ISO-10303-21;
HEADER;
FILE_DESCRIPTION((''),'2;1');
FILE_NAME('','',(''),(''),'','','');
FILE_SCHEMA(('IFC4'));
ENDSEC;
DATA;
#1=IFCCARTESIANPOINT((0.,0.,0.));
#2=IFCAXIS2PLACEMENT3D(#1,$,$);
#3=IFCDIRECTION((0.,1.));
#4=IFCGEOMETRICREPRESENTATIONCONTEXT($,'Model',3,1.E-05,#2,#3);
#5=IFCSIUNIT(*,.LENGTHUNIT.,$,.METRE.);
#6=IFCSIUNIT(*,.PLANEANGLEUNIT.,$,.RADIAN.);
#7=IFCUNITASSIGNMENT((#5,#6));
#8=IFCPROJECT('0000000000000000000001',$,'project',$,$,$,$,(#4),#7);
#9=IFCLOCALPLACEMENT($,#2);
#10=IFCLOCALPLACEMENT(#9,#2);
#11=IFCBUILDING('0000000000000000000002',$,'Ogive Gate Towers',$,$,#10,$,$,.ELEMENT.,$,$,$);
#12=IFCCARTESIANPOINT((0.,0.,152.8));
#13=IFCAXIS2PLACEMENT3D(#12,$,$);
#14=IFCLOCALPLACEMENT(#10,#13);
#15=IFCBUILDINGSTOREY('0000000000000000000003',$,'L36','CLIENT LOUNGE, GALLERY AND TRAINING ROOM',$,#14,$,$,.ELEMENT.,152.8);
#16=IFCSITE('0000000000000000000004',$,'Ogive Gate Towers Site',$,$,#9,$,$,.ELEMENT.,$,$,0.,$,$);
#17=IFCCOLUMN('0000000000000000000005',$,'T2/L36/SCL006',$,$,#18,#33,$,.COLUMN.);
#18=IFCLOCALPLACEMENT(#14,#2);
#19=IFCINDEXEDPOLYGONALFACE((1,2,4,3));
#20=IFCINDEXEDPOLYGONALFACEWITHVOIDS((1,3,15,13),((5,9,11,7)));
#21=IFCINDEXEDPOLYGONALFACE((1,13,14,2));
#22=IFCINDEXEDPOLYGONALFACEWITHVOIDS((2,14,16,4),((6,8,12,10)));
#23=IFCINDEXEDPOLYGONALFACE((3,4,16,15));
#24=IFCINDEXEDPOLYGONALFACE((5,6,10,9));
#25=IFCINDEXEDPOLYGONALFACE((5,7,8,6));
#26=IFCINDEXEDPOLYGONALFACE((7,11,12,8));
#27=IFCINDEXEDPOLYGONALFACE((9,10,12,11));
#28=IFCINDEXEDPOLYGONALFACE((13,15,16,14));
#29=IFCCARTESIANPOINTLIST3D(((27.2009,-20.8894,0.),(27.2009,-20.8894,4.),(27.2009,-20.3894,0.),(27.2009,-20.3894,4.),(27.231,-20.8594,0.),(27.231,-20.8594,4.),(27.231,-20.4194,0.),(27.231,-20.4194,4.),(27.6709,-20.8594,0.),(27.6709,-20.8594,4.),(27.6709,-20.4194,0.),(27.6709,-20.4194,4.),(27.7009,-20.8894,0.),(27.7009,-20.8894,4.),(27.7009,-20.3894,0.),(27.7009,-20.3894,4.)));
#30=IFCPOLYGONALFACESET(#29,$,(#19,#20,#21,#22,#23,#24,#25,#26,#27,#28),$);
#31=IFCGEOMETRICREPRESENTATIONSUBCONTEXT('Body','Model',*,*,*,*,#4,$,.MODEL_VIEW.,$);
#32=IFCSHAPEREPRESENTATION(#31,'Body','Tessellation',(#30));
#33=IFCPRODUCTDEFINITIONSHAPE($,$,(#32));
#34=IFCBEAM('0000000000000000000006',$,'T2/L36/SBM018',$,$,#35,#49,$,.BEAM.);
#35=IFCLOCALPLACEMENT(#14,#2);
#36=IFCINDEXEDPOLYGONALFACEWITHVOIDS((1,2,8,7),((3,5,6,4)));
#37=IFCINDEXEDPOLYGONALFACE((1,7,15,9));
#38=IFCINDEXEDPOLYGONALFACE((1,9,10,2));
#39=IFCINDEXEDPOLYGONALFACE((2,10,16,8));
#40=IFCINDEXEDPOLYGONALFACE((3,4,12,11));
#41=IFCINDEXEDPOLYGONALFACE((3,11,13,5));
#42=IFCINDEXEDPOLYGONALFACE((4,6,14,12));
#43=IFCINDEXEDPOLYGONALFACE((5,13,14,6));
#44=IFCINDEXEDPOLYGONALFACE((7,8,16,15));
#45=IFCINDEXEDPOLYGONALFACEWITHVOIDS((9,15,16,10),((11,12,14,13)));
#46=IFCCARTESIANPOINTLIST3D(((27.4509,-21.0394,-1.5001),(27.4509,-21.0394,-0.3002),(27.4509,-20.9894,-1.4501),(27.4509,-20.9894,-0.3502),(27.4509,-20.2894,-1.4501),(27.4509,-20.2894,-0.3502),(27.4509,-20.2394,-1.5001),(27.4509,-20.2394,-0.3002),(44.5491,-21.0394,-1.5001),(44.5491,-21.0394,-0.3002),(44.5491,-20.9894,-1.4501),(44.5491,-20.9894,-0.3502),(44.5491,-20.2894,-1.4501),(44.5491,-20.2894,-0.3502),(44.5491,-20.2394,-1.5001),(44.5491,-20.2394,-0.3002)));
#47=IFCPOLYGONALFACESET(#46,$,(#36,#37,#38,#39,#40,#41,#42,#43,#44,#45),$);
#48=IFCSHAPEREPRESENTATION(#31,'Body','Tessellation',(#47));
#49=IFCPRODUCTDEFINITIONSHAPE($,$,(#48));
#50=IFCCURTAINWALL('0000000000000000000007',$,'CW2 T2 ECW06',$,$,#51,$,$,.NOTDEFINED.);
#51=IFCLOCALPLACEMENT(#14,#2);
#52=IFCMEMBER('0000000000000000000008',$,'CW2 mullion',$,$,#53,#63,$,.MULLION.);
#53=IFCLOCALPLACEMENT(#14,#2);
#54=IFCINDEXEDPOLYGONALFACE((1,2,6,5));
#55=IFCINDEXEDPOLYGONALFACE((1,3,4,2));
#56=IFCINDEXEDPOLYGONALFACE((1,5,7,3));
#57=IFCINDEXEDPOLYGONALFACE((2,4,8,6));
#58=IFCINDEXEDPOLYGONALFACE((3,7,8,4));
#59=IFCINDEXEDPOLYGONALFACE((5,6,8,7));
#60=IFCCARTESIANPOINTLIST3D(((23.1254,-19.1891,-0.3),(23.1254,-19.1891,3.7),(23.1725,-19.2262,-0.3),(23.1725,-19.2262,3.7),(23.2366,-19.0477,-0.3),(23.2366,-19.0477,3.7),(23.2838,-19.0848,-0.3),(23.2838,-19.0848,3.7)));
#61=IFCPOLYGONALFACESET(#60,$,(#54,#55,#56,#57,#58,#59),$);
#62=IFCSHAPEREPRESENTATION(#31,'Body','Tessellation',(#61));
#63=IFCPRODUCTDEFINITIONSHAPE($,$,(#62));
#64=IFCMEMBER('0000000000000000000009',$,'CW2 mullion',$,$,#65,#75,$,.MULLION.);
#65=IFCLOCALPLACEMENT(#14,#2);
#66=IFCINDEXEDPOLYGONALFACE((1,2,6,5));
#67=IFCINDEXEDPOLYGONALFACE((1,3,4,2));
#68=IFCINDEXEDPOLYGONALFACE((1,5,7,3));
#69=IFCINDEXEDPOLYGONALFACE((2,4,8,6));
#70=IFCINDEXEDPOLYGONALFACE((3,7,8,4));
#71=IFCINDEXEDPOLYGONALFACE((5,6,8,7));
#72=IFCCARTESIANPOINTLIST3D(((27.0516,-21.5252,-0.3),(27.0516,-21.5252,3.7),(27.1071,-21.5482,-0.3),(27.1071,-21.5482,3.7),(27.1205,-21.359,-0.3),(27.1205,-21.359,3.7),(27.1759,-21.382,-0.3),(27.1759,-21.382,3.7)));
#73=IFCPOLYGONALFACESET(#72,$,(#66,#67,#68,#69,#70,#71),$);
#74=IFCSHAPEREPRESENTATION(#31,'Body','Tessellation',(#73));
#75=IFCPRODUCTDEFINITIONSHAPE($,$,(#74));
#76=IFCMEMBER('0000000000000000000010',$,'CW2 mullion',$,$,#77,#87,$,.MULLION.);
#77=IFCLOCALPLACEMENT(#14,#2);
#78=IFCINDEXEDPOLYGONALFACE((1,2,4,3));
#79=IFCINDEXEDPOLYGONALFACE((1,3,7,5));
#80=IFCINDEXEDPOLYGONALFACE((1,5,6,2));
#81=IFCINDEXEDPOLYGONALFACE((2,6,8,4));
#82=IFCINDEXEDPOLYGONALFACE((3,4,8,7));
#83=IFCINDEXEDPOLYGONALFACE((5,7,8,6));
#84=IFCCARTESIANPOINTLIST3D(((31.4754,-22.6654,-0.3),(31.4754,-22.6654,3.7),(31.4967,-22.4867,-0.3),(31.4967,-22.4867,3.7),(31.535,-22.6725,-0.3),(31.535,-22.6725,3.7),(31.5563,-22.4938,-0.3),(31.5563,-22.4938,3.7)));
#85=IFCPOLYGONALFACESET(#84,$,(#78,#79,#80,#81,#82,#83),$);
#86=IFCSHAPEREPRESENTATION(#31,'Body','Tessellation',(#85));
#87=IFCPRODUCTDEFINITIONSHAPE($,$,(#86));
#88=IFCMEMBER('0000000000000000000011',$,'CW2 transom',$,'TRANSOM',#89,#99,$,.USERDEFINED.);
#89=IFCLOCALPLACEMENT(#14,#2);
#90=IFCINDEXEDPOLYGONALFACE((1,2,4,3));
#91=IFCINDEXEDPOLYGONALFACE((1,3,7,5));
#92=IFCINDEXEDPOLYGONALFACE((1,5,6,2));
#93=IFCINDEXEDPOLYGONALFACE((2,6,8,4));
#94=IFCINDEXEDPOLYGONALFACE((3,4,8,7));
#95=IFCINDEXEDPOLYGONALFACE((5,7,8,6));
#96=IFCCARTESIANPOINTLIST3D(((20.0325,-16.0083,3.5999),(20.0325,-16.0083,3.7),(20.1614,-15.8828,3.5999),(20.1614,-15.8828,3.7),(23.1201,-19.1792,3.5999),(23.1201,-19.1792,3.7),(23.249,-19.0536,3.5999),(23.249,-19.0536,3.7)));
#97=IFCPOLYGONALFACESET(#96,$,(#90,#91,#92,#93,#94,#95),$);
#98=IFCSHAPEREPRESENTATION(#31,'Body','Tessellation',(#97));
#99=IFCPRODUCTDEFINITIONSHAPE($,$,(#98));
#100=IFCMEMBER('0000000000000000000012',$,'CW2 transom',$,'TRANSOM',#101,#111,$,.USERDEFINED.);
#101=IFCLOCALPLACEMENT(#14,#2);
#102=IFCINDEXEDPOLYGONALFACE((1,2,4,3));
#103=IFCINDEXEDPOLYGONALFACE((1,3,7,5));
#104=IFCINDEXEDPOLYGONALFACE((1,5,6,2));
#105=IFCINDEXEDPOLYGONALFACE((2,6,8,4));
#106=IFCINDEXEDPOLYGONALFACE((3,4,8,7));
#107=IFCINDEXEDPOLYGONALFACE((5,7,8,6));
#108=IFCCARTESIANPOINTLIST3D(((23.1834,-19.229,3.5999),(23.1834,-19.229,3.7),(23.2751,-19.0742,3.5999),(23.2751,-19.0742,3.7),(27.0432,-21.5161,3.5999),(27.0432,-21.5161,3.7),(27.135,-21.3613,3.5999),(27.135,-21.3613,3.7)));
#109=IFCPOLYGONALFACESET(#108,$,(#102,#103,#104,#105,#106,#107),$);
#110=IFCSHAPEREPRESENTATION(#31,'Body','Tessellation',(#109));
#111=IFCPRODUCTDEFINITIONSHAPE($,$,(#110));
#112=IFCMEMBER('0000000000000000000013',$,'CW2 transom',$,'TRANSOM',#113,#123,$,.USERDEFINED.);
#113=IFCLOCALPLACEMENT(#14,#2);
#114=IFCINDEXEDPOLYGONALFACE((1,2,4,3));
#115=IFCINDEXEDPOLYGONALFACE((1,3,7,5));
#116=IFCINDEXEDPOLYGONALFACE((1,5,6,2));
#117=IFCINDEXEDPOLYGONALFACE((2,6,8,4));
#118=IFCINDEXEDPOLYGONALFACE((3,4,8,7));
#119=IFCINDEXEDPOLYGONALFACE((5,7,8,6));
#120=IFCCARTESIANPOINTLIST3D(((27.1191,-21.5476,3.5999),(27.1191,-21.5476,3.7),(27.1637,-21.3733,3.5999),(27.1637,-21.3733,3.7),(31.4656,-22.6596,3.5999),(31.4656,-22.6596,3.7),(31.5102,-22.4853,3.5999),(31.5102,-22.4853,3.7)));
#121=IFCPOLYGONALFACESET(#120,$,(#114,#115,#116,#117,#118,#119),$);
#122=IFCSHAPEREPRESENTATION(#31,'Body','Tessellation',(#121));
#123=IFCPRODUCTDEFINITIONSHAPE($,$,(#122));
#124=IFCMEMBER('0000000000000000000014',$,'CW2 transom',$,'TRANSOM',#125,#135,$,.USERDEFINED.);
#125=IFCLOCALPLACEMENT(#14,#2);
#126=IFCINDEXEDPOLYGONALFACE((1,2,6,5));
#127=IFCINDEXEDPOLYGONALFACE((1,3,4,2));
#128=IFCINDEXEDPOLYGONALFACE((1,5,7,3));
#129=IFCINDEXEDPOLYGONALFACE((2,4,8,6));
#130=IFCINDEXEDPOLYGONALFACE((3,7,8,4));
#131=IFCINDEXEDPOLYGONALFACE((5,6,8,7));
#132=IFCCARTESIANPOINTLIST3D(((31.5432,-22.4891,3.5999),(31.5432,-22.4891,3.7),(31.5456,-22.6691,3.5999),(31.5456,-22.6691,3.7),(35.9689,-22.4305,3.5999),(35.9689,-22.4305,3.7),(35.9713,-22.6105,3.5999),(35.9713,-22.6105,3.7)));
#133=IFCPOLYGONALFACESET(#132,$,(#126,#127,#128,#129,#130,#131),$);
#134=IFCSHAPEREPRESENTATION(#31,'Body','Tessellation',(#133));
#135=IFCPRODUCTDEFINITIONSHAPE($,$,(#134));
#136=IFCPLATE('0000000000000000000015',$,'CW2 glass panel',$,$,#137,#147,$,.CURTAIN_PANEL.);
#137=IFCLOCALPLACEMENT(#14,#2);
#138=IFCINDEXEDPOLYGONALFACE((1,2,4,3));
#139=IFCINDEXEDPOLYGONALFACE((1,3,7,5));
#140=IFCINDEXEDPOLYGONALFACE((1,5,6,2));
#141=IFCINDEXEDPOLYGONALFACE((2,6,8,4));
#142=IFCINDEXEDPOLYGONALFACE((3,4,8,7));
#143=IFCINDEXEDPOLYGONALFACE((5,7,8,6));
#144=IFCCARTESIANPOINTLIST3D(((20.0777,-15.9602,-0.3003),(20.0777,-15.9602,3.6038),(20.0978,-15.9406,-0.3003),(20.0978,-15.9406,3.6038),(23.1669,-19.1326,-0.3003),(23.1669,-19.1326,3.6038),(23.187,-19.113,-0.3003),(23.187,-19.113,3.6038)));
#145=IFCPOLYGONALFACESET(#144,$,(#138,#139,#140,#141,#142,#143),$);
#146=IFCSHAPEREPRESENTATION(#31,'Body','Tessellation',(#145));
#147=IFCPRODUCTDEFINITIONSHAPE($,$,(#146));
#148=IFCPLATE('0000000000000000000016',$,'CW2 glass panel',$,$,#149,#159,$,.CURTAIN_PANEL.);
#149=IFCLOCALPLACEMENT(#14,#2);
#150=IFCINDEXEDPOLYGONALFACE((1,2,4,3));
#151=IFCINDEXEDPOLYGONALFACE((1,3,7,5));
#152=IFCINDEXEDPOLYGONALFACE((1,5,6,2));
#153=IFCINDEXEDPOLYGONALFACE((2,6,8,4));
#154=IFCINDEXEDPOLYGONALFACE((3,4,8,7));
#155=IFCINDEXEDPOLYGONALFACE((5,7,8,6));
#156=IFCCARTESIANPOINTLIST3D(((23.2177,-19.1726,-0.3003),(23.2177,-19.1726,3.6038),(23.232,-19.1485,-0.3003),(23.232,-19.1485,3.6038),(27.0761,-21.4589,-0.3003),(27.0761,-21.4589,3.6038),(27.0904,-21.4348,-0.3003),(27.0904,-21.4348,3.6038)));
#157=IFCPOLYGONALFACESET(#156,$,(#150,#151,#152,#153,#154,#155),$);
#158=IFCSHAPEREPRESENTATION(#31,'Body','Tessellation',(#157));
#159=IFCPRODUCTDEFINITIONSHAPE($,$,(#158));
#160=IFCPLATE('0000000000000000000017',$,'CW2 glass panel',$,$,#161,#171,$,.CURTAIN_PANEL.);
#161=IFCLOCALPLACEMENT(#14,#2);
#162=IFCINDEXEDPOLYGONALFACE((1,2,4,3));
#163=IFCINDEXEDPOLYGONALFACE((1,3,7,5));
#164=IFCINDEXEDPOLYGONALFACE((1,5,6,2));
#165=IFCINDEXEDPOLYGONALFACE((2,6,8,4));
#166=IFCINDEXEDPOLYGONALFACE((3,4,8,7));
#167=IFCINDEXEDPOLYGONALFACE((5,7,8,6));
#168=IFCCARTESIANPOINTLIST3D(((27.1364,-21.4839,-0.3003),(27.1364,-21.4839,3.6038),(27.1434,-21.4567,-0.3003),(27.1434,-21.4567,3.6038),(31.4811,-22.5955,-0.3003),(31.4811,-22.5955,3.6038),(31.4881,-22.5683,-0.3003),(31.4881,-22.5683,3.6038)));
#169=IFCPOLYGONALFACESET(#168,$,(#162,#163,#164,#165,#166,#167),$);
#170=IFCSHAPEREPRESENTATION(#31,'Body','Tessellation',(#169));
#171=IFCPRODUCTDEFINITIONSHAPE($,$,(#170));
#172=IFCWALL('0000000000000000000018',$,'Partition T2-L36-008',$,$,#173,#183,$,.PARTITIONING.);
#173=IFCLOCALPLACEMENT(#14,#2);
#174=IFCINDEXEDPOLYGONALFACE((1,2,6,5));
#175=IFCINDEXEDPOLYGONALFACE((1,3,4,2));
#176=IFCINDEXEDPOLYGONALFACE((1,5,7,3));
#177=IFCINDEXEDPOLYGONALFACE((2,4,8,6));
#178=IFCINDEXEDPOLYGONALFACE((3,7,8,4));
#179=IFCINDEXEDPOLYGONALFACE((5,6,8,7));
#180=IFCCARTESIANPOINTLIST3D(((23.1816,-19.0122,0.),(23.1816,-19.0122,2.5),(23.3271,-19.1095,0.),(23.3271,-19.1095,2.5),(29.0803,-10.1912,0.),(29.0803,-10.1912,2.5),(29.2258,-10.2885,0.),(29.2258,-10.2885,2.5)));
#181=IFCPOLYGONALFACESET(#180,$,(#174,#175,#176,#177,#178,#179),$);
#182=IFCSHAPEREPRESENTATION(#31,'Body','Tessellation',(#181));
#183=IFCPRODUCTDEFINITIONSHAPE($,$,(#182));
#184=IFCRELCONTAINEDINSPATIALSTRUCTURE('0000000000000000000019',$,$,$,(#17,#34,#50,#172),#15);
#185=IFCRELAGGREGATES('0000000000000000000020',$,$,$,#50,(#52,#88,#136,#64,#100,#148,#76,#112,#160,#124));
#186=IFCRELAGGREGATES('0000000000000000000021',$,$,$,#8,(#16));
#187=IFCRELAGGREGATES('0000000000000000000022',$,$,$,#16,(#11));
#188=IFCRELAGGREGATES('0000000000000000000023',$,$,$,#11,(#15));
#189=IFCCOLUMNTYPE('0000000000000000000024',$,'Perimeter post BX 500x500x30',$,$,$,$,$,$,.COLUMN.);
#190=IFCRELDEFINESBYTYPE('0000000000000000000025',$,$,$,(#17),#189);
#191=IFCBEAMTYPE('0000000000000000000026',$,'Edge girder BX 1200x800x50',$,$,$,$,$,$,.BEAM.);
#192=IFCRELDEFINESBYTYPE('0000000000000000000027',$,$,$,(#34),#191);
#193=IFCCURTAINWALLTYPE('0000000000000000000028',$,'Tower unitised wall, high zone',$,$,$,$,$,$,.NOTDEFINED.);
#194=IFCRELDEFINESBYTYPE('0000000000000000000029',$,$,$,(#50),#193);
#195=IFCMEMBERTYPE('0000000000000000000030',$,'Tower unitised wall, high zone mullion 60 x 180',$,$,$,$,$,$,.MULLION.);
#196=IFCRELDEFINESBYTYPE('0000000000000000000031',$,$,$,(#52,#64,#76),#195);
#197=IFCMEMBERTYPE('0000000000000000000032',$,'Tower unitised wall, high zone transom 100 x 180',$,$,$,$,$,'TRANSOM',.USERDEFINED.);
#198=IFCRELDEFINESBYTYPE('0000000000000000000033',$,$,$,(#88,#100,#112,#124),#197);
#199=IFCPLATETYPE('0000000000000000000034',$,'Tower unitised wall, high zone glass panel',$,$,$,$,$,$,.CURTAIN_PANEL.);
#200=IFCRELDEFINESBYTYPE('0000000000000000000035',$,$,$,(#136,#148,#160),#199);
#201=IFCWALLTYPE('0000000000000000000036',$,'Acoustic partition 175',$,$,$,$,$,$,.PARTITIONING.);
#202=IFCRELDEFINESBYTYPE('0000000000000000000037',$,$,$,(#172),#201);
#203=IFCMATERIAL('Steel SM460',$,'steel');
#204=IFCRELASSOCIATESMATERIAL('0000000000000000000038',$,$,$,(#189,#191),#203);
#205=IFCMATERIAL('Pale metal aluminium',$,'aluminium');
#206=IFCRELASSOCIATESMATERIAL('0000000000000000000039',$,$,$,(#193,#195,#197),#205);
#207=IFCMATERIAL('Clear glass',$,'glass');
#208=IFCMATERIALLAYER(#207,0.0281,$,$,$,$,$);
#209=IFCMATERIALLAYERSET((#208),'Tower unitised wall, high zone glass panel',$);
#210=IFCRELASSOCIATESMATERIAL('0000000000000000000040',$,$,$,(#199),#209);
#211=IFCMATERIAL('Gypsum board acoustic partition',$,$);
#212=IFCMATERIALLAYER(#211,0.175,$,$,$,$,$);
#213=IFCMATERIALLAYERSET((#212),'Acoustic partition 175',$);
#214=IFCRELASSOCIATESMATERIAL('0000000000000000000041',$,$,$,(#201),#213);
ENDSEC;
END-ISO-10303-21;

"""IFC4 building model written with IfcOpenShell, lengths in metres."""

from ifc_helpers import new_model, si_unit, direction, frame, frame_2d, origin, origin_2d, place, context, subcontext, project, spatial, rectangle, hollow_rectangle, extrude, material, layer, layer_set, material_profile, profile_set, type_object, element, aggregate, save


model = new_model("IFC4")

# Units and contexts
model_context = context("Model", 3, precision=1e-05, world=origin(), true_north=direction((0.0, 1.0)))
body_context = subcontext(model_context, "Body", "Model", "MODEL_VIEW")
ifc_project = project(units=[si_unit("LENGTHUNIT", "METRE"), si_unit("PLANEANGLEUNIT", "RADIAN")], contexts=[model_context])

# Site, building, storey
site_placement = place(None, origin())
site = spatial("IfcSite", under=ifc_project, at=site_placement, Name="Ogive Gate Towers Site", CompositionType="ELEMENT", RefElevation=0.0)
building_placement = place(site_placement, origin())
building = spatial("IfcBuilding", under=site, at=building_placement, Name="Ogive Gate Towers", CompositionType="ELEMENT")
storey_placement = place(building_placement, frame((0.0, 0.0, 152.8)))
storey = spatial("IfcBuildingStorey", under=building, at=storey_placement, Name="L36", Description="CLIENT LOUNGE, GALLERY AND TRAINING ROOM", CompositionType="ELEMENT", Elevation=152.8)

# Column
ifc_material_1 = material(Name="Steel SM460", Category="steel")
ifc_material_profile_1 = material_profile(ifc_material_1, hollow_rectangle(XDim=0.5, YDim=0.5, WallThickness=0.03, at=origin_2d()), Name="BX 500x500x30")
ifc_profile_set_1 = profile_set([ifc_material_profile_1], Name="Steel SM460")
column_type = type_object("IfcColumnType", Name="Perimeter post BX 500x500x30", PredefinedType="COLUMN", material=ifc_profile_set_1)
column_placement = place(storey_placement, frame((27.4509, -20.6394, 0.0), z_axis=(0.0, 0.0, 1.0), x_axis=(1.0, 0.0, 0.0)))
element("IfcColumn", 1, at=column_placement, inside=storey, type_object=column_type, Name="T2/L36/SCL006", PredefinedType="COLUMN", context=body_context, shape_type="SweptSolid", body=[
    extrude(hollow_rectangle(XDim=0.5, YDim=0.5, WallThickness=0.03, at=origin_2d()), origin(), (0.0, 0.0, 1.0), 4.0),
])

# Beam
ifc_material_profile_2 = material_profile(ifc_material_1, hollow_rectangle(XDim=0.8, YDim=1.2, WallThickness=0.05, at=origin_2d()), Name="BX 1200x800x50")
ifc_profile_set_2 = profile_set([ifc_material_profile_2], Name="Steel SM460")
beam_type = type_object("IfcBeamType", Name="Edge girder BX 1200x800x50", PredefinedType="BEAM", material=ifc_profile_set_2)
beam_placement = place(storey_placement, frame((27.4509, -20.6394, -0.9001), z_axis=(1.0, 0.0, 0.0), x_axis=(0.0, 1.0, 0.0)))
element("IfcBeam", 2, at=beam_placement, inside=storey, type_object=beam_type, Name="T2/L36/SBM018", PredefinedType="BEAM", context=body_context, shape_type="SweptSolid", body=[
    extrude(hollow_rectangle(XDim=0.8, YDim=1.2, WallThickness=0.05, at=origin_2d()), origin(), (0.0, 0.0, 1.0), 17.0981),
])

# Curtain wall, members, plates
ifc_material_2 = material(Name="Pale metal aluminium", Category="aluminium")
curtain_wall_type = type_object("IfcCurtainWallType", Name="Tower unitised wall, high zone", PredefinedType="NOTDEFINED", material=ifc_material_2)
curtain_wall_placement = place(storey_placement, origin())
curtain_wall = element("IfcCurtainWall", 3, at=curtain_wall_placement, inside=storey, type_object=curtain_wall_type, Name="CW2 T2 ECW06", PredefinedType="NOTDEFINED")
ifc_material_profile_3 = material_profile(ifc_material_2, rectangle(XDim=0.1799, YDim=0.0601, at=origin_2d()), Name="60 x 180 aluminium box")
ifc_profile_set_3 = profile_set([ifc_material_profile_3], Name="Pale metal aluminium")
member_type_1 = type_object("IfcMemberType", Name="Tower unitised wall, high zone mullion 60 x 180", PredefinedType="MULLION", material=ifc_profile_set_3)
member_1_placement = place(storey_placement, frame((23.2046, -19.137, -0.3), z_axis=(0.0, 0.0, 1.0), x_axis=(-0.618477, -0.785803, 0.0)))
member_1 = element("IfcMember", 4, at=member_1_placement, type_object=member_type_1, Name="CW2 mullion", PredefinedType="MULLION", context=body_context, shape_type="SweptSolid", body=[
    extrude(rectangle(XDim=0.1799, YDim=0.0601, at=origin_2d()), origin(), (0.0, 0.0, 1.0), 4.0),
])
member_2_placement = place(storey_placement, frame((27.1138, -21.4536, -0.3), z_axis=(0.0, 0.0, 1.0), x_axis=(-0.382683, -0.92388, 0.0)))
member_2 = element("IfcMember", 5, at=member_2_placement, type_object=member_type_1, Name="CW2 mullion", PredefinedType="MULLION", context=body_context, shape_type="SweptSolid", body=[
    extrude(rectangle(XDim=0.1799, YDim=0.0601, at=origin_2d()), origin(), (0.0, 0.0, 1.0), 4.0),
])
member_3_placement = place(storey_placement, frame((31.5159, -22.5796, -0.3), z_axis=(0.0, 0.0, 1.0), x_axis=(-0.118317, -0.992976, 0.0)))
member_3 = element("IfcMember", 6, at=member_3_placement, type_object=member_type_1, Name="CW2 mullion", PredefinedType="MULLION", context=body_context, shape_type="SweptSolid", body=[
    extrude(rectangle(XDim=0.1799, YDim=0.0601, at=origin_2d()), origin(), (0.0, 0.0, 1.0), 4.0),
])
ifc_material_profile_4 = material_profile(ifc_material_2, rectangle(XDim=0.1799, YDim=0.1001, at=origin_2d()), Name="100 x 180 aluminium box")
ifc_profile_set_4 = profile_set([ifc_material_profile_4], Name="Pale metal aluminium")
member_type_2 = type_object("IfcMemberType", Name="Tower unitised wall, high zone transom 100 x 180", ElementType="TRANSOM", PredefinedType="USERDEFINED", material=ifc_profile_set_4)
member_4_placement = place(storey_placement, frame((20.0969, -15.9456, 3.6499), z_axis=(0.697639, -0.716449, 0.0), x_axis=(0.716449, 0.697639, 0.0)))
member_4 = element("IfcMember", 7, at=member_4_placement, type_object=member_type_2, Name="CW2 transom", ObjectType="TRANSOM", PredefinedType="USERDEFINED", context=body_context, shape_type="SweptSolid", body=[
    extrude(rectangle(XDim=0.1799, YDim=0.1001, at=origin_2d()), origin(), (0.0, 0.0, 1.0), 4.4258),
])
member_5_placement = place(storey_placement, frame((23.2292, -19.1516, 3.6499), z_axis=(0.860313, -0.509767, 0.0), x_axis=(0.509767, 0.860313, 0.0)))
member_5 = element("IfcMember", 8, at=member_5_placement, type_object=member_type_2, Name="CW2 transom", ObjectType="TRANSOM", PredefinedType="USERDEFINED", context=body_context, shape_type="SweptSolid", body=[
    extrude(rectangle(XDim=0.1799, YDim=0.1001, at=origin_2d()), origin(), (0.0, 0.0, 1.0), 4.4866),
])
member_6_placement = place(storey_placement, frame((27.1414, -21.4604, 3.6499), z_axis=(0.968796, -0.247858, 0.0), x_axis=(0.247858, 0.968796, 0.0)))
member_6 = element("IfcMember", 9, at=member_6_placement, type_object=member_type_2, Name="CW2 transom", ObjectType="TRANSOM", PredefinedType="USERDEFINED", context=body_context, shape_type="SweptSolid", body=[
    extrude(rectangle(XDim=0.1799, YDim=0.1001, at=origin_2d()), origin(), (0.0, 0.0, 1.0), 4.4866),
])
member_7_placement = place(storey_placement, frame((31.5444, -22.5791, 3.6499), z_axis=(0.999912, 0.013239, 0.0), x_axis=(-0.013239, 0.999912, 0.0)))
member_7 = element("IfcMember", 10, at=member_7_placement, type_object=member_type_2, Name="CW2 transom", ObjectType="TRANSOM", PredefinedType="USERDEFINED", context=body_context, shape_type="SweptSolid", body=[
    extrude(rectangle(XDim=0.1799, YDim=0.1001, at=origin_2d()), origin(), (0.0, 0.0, 1.0), 4.426),
])
ifc_material_3 = material(Name="Clear glass", Category="glass")
ifc_layer_1 = layer(ifc_material_3, 0.0281)
ifc_layer_set_1 = layer_set([ifc_layer_1], Name="Tower unitised wall, high zone glass panel")
plate_type = type_object("IfcPlateType", Name="Tower unitised wall, high zone glass panel", PredefinedType="CURTAIN_PANEL", material=ifc_layer_set_1)
plate_1_placement = place(storey_placement, frame((21.6323, -17.5366, -0.3003), z_axis=(0.0, 0.0, 1.0), x_axis=(0.697653, -0.716436, 0.0)))
plate_1 = element("IfcPlate", 11, at=plate_1_placement, type_object=plate_type, Name="CW2 glass panel", PredefinedType="CURTAIN_PANEL", context=body_context, shape_type="SweptSolid", body=[
    extrude(rectangle(XDim=4.428, YDim=0.0281, at=origin_2d()), origin(), (0.0, 0.0, 1.0), 3.9041),
])
plate_2_placement = place(storey_placement, frame((25.1541, -20.3037, -0.3003), z_axis=(0.0, 0.0, 1.0), x_axis=(0.860306, -0.509777, 0.0)))
plate_2 = element("IfcPlate", 12, at=plate_2_placement, type_object=plate_type, Name="CW2 glass panel", PredefinedType="CURTAIN_PANEL", context=body_context, shape_type="SweptSolid", body=[
    extrude(rectangle(XDim=4.4849, YDim=0.0281, at=origin_2d()), origin(), (0.0, 0.0, 1.0), 3.9041),
])
plate_3_placement = place(storey_placement, frame((29.3123, -22.0261, -0.3003), z_axis=(0.0, 0.0, 1.0), x_axis=(0.968795, -0.247861, 0.0)))
plate_3 = element("IfcPlate", 13, at=plate_3_placement, type_object=plate_type, Name="CW2 glass panel", PredefinedType="CURTAIN_PANEL", context=body_context, shape_type="SweptSolid", body=[
    extrude(rectangle(XDim=4.4846, YDim=0.0281, at=origin_2d()), origin(), (0.0, 0.0, 1.0), 3.9041),
])
aggregate(curtain_wall, [member_1, member_4, plate_1, member_2, member_5, plate_2, member_3, member_6, plate_3, member_7])

# Wall
ifc_material_4 = material(Name="Gypsum board acoustic partition")
ifc_layer_2 = layer(ifc_material_4, 0.175)
ifc_layer_set_2 = layer_set([ifc_layer_2], Name="Acoustic partition 175")
wall_type = type_object("IfcWallType", Name="Acoustic partition 175", PredefinedType="PARTITIONING", material=ifc_layer_set_2)
wall_1_placement = place(storey_placement, frame((23.2544, -19.0608, 0.0), z_axis=(0.0, 0.0, 1.0), x_axis=(0.555873, 0.831267, 0.0)))
element("IfcWall", 14, at=wall_1_placement, inside=storey, type_object=wall_type, Name="Partition T2-L36-008", PredefinedType="PARTITIONING", context=body_context, shape_type="SweptSolid", body=[
    extrude(rectangle(XDim=10.6116, YDim=0.175, at=frame_2d((5.3057, 0.0))), origin(), (0.0, 0.0, 1.0), 2.5),
])

save(model, "model.ifc")
